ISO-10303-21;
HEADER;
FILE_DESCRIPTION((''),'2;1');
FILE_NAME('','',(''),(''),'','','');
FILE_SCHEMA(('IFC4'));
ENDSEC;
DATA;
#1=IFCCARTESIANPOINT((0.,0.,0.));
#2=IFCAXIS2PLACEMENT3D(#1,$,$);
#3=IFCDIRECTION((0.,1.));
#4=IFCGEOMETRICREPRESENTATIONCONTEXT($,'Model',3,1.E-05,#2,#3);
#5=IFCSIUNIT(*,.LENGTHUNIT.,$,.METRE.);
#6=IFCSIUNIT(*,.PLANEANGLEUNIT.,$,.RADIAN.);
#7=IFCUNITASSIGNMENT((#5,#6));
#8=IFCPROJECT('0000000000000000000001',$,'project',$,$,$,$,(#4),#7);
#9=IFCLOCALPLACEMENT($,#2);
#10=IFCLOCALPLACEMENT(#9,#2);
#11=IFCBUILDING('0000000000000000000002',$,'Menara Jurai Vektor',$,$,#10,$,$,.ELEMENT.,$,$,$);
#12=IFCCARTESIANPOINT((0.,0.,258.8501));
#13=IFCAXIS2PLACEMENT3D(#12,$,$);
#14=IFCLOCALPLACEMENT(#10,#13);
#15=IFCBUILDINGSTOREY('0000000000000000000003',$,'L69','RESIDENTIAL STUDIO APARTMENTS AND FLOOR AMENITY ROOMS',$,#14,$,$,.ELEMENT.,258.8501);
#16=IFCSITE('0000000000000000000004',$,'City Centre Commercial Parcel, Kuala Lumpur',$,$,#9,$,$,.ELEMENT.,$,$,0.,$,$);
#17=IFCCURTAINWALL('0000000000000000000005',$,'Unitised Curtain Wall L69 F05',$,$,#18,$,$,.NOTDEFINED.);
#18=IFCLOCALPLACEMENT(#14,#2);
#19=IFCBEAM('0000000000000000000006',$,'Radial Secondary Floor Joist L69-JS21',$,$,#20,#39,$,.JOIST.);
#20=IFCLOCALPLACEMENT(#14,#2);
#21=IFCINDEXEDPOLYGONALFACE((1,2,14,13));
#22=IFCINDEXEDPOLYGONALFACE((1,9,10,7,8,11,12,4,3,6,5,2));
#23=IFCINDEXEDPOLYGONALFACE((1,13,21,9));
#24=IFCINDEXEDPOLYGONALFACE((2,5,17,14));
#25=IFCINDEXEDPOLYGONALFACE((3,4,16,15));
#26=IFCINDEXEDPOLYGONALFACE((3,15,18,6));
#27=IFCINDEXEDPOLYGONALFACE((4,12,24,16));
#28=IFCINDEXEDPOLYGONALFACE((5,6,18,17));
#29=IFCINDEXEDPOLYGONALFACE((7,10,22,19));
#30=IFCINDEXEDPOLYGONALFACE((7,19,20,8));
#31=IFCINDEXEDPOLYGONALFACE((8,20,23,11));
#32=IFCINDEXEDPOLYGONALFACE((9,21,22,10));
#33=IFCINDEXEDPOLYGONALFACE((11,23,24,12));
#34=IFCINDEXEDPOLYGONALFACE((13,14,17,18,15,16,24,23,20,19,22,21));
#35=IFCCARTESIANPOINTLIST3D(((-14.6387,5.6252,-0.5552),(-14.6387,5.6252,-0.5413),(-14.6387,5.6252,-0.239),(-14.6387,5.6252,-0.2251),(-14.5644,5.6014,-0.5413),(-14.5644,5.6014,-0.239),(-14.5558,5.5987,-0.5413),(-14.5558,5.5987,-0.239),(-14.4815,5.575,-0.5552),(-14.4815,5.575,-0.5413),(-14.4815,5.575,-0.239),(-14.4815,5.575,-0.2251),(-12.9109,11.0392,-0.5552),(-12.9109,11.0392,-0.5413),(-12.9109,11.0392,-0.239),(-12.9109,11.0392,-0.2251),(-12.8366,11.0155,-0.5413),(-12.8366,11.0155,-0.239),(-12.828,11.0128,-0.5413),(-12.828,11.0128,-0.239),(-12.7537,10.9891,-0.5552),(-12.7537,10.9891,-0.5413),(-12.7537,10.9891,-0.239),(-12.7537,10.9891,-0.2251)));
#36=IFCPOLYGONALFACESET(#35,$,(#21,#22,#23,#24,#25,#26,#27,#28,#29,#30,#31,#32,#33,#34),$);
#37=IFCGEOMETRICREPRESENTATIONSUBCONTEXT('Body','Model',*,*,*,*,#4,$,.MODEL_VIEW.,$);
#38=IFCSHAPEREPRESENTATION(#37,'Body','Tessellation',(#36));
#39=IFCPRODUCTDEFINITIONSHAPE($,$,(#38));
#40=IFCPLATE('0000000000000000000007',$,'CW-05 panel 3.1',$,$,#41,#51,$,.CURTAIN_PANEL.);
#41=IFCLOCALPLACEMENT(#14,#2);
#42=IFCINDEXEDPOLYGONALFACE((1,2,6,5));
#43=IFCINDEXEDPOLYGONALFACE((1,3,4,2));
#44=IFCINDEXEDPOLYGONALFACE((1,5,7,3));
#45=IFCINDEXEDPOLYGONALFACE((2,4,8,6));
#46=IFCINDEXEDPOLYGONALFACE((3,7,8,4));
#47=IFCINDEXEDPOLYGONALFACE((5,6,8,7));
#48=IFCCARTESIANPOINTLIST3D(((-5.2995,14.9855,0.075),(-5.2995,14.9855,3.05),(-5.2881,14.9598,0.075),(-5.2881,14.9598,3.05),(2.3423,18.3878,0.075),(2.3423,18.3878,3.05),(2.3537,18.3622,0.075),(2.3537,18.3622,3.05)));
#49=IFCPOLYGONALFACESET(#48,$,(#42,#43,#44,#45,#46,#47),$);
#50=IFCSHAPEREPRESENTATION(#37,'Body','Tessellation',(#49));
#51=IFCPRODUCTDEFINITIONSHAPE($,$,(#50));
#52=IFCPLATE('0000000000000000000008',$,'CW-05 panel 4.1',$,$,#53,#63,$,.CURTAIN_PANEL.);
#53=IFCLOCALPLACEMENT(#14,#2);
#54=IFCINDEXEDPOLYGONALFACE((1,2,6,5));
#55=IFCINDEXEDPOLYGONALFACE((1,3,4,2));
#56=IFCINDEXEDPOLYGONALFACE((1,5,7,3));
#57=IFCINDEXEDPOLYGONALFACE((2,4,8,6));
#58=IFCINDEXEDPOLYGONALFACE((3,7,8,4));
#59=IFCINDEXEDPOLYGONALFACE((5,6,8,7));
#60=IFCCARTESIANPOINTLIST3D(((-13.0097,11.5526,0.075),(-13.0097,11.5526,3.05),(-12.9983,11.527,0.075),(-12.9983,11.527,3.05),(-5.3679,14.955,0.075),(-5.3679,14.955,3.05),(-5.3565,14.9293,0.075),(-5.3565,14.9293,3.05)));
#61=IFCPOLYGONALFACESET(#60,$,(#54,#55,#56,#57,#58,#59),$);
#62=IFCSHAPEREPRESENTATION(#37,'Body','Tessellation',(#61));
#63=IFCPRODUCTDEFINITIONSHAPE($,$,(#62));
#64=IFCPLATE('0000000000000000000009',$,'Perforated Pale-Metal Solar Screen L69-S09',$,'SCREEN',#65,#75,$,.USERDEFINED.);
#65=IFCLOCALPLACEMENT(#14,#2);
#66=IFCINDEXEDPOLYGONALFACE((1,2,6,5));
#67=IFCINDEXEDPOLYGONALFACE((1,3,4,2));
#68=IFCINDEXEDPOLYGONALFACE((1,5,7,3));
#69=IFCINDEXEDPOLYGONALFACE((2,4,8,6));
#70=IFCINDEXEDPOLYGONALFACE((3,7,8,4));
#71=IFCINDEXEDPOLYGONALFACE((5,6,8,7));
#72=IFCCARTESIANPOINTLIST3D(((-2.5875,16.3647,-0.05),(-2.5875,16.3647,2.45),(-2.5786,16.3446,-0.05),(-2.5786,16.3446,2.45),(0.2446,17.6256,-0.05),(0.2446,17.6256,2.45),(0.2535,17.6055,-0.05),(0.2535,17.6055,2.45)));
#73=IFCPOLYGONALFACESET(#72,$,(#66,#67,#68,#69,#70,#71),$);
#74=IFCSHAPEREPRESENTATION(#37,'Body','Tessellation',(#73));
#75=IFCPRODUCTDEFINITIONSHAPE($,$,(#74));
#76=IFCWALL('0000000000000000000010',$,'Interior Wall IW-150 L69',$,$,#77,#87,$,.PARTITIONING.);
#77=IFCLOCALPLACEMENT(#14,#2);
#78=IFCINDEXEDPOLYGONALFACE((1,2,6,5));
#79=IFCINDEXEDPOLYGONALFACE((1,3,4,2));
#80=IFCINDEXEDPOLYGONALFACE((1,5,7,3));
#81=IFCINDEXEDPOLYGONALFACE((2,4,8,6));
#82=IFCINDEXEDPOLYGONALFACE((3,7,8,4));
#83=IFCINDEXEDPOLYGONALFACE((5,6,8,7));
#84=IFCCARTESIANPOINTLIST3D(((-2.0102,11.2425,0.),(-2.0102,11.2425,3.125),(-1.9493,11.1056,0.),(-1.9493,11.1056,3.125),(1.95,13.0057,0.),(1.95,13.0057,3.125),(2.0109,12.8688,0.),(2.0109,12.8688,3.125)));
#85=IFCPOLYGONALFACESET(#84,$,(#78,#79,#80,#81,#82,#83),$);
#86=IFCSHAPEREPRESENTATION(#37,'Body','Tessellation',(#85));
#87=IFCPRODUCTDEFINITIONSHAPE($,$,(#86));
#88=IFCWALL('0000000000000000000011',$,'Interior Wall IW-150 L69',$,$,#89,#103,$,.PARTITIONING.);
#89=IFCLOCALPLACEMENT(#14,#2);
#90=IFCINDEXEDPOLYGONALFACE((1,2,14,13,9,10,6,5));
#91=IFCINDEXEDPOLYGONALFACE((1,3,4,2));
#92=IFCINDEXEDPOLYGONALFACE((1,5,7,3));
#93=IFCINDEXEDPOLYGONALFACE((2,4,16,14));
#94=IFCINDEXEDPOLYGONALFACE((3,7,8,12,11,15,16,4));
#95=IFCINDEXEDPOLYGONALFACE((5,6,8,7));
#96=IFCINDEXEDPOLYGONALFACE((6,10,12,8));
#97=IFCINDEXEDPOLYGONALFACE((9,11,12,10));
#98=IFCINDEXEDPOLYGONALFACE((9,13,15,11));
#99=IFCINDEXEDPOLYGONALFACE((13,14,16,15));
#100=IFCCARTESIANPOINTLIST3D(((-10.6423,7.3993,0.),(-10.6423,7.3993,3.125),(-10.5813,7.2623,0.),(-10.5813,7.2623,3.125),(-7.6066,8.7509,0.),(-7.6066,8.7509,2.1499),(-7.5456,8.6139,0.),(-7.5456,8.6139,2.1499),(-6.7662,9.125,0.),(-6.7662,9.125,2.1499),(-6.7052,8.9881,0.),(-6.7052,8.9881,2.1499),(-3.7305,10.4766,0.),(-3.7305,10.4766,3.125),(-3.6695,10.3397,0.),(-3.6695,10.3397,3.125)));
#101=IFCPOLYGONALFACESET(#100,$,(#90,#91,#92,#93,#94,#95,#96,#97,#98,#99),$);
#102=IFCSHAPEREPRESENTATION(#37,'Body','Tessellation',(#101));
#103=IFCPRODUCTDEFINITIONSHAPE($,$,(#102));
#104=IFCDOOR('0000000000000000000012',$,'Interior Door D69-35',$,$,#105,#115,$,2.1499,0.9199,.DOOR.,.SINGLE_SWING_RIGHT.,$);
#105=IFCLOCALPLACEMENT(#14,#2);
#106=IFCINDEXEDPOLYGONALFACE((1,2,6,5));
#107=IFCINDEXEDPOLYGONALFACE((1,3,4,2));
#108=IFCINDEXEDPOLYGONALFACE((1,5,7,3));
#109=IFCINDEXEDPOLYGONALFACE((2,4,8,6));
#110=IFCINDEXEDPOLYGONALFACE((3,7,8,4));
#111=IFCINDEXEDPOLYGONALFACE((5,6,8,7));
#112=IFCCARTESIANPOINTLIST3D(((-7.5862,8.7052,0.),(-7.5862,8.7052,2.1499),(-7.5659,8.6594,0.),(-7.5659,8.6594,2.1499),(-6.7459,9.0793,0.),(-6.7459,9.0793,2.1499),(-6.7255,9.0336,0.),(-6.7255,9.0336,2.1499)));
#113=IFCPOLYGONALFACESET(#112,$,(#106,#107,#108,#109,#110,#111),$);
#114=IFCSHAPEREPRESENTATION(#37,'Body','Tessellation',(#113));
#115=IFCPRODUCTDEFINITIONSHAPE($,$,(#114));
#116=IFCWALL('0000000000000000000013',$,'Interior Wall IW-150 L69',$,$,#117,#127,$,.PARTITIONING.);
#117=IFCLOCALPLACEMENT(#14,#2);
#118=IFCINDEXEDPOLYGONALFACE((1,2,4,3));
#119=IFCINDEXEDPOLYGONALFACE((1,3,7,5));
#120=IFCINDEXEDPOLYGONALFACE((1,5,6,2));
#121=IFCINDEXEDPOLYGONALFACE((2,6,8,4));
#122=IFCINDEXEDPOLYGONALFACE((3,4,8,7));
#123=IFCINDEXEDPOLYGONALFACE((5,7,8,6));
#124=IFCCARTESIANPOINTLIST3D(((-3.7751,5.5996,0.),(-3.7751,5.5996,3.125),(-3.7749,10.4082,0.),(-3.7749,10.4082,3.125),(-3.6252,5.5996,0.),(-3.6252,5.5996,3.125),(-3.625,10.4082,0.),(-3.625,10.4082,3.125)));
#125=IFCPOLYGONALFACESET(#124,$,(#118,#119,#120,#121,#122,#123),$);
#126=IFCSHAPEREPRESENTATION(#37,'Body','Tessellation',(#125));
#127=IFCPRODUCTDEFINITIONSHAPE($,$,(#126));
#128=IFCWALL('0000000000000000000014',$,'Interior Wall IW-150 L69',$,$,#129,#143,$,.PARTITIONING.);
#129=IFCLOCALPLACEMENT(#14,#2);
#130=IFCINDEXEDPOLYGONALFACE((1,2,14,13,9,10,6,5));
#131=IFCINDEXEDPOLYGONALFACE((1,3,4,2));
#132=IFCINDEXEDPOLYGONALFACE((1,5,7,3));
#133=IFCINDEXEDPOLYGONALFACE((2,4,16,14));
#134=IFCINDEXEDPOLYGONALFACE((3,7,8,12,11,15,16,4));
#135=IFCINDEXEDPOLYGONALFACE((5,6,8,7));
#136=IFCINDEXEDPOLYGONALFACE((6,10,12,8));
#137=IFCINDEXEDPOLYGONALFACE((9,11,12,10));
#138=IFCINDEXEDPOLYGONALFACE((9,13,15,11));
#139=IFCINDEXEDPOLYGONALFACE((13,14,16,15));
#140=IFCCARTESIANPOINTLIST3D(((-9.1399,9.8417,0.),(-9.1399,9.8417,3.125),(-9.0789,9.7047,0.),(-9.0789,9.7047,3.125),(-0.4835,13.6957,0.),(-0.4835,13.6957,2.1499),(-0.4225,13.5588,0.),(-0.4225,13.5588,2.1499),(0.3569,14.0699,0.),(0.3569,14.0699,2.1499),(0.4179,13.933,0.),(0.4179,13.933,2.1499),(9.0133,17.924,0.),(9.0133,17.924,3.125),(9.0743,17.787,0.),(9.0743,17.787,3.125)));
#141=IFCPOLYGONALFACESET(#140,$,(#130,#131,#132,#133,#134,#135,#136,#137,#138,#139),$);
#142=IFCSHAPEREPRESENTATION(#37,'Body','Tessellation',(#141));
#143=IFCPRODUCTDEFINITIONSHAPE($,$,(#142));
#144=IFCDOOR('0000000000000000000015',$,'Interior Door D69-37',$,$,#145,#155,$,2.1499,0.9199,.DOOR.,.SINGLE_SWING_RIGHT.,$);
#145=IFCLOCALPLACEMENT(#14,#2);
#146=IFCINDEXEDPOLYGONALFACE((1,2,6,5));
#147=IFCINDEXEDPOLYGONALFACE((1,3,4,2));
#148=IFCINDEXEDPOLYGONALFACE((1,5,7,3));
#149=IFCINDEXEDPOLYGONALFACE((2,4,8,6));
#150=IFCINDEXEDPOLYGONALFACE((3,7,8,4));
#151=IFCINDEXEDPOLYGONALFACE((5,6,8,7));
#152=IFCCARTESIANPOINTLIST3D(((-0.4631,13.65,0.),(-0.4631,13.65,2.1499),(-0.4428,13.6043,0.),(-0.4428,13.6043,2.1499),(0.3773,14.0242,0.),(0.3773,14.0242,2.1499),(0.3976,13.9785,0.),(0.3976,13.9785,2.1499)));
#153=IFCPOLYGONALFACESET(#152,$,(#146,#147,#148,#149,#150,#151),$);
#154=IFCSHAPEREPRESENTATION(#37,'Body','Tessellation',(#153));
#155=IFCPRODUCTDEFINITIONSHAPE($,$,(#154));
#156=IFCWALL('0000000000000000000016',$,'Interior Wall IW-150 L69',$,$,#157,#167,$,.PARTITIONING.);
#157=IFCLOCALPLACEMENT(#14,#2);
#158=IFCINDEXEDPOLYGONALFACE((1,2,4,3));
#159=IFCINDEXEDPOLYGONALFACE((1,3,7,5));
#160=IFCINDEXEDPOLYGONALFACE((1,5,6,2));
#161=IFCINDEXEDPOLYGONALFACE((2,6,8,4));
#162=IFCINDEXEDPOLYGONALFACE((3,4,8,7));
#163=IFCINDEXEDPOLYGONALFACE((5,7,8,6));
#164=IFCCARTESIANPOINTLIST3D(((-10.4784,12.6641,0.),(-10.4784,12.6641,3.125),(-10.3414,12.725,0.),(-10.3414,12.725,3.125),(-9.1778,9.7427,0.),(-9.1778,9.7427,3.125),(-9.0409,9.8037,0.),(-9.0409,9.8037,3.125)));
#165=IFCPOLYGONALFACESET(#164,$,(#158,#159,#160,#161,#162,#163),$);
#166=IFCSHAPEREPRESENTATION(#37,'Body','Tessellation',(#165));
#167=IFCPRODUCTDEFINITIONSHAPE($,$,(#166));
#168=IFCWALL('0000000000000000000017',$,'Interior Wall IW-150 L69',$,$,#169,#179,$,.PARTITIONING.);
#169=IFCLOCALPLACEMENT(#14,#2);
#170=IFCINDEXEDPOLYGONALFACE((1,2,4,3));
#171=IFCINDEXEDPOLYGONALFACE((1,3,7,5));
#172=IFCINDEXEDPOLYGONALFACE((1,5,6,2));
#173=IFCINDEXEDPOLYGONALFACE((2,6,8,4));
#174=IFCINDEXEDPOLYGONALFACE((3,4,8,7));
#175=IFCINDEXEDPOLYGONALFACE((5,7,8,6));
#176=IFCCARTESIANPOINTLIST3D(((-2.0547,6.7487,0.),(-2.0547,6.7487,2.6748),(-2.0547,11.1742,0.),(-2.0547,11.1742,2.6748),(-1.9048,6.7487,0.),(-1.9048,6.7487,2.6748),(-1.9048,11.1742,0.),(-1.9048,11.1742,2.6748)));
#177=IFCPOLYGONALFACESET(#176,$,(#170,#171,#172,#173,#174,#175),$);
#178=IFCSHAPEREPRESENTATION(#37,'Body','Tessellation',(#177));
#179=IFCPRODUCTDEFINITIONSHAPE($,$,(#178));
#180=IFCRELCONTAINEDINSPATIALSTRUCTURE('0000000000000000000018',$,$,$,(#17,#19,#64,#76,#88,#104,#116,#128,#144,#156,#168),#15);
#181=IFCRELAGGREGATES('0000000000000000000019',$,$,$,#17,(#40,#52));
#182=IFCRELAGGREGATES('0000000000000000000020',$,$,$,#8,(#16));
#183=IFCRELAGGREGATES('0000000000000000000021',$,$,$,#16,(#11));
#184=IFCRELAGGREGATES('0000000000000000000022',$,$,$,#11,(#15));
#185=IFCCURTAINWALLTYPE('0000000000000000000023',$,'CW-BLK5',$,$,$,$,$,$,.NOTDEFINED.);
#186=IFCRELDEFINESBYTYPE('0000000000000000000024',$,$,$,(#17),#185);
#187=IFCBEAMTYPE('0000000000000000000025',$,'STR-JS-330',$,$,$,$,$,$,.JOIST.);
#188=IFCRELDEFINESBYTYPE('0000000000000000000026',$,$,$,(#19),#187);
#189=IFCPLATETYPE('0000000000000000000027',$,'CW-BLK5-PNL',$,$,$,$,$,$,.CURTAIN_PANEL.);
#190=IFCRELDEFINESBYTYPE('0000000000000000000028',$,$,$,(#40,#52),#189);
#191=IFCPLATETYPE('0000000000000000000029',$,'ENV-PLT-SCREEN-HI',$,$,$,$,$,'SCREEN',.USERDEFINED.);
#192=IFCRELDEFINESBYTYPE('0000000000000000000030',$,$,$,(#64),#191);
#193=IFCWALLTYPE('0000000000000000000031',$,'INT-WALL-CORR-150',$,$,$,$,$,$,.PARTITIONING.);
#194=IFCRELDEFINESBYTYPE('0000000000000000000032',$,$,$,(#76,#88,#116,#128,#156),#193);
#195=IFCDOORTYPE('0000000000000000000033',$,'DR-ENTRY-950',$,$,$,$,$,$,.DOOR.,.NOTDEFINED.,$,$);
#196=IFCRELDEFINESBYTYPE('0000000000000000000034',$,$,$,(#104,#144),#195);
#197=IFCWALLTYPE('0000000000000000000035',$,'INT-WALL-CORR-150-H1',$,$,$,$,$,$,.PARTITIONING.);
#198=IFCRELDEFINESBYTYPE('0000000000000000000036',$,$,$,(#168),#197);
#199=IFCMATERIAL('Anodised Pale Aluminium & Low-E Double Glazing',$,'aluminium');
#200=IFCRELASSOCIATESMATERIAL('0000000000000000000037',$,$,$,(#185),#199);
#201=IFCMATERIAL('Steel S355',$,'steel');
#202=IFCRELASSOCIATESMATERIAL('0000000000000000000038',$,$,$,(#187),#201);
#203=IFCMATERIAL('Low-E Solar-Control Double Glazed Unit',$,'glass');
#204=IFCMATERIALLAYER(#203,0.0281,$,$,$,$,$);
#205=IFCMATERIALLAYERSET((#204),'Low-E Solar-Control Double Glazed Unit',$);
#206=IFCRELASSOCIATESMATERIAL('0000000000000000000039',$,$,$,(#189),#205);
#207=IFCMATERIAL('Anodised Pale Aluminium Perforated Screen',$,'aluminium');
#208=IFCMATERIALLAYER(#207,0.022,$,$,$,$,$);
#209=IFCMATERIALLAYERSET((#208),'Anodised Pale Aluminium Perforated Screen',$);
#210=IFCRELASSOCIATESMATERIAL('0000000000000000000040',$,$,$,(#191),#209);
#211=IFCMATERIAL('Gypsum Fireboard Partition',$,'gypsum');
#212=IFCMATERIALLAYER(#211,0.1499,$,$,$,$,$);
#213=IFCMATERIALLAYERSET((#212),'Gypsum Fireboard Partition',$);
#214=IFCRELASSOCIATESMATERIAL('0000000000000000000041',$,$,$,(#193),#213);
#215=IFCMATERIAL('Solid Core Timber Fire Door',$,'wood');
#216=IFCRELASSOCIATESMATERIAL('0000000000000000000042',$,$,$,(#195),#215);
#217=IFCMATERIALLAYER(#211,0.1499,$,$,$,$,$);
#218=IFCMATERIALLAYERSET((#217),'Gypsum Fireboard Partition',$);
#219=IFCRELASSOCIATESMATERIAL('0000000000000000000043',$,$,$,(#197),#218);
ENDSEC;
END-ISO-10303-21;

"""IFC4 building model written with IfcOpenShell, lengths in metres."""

from ifc_helpers import new_model, si_unit, direction, frame, frame_2d, origin, origin_2d, place, context, subcontext, project, spatial, rectangle, i_section, extrude, material, layer, layer_set, material_profile, profile_set, type_object, element, fill, aggregate, save


model = new_model("IFC4")

# Units and contexts
model_context = context("Model", 3, precision=1e-05, world=origin(), true_north=direction((0.0, 1.0)))
body_context = subcontext(model_context, "Body", "Model", "MODEL_VIEW")
ifc_project = project(units=[si_unit("LENGTHUNIT", "METRE"), si_unit("PLANEANGLEUNIT", "RADIAN")], contexts=[model_context])

# Site, building, storey
site_placement = place(None, origin())
site = spatial("IfcSite", under=ifc_project, at=site_placement, Name="City Centre Commercial Parcel, Kuala Lumpur", CompositionType="ELEMENT", RefElevation=0.0)
building_placement = place(site_placement, origin())
building = spatial("IfcBuilding", under=site, at=building_placement, Name="Menara Jurai Vektor", CompositionType="ELEMENT")
storey_placement = place(building_placement, frame((0.0, 0.0, 258.8501)))
storey = spatial("IfcBuildingStorey", under=building, at=storey_placement, Name="L69", Description="RESIDENTIAL STUDIO APARTMENTS AND FLOOR AMENITY ROOMS", CompositionType="ELEMENT", Elevation=258.8501)

# Shared definitions
ifc_material_1 = material(Name="Steel S355", Category="steel")

# Curtain wall
ifc_material_2 = material(Name="Anodised Pale Aluminium & Low-E Double Glazing", Category="aluminium")
curtain_wall_type = type_object("IfcCurtainWallType", Name="CW-BLK5", PredefinedType="NOTDEFINED", material=ifc_material_2)
curtain_wall_placement = place(storey_placement, origin())
curtain_wall = element("IfcCurtainWall", 1, at=curtain_wall_placement, inside=storey, type_object=curtain_wall_type, Name="Unitised Curtain Wall L69 F05", PredefinedType="NOTDEFINED")

# Beam
ifc_material_profile_1 = material_profile(ifc_material_1, i_section(OverallWidth=0.165, OverallDepth=0.3301, WebThickness=0.009, FlangeThickness=0.0139, at=origin_2d()), Name="PG 330x165x46")
ifc_profile_set_1 = profile_set([ifc_material_profile_1], Name="Steel S355")
beam_type_1 = type_object("IfcBeamType", Name="STR-JS-330", PredefinedType="JOIST", material=ifc_profile_set_1)
beam_1_placement = place(storey_placement, frame((-12.8323, 11.0142, -0.3901), z_axis=(-0.304023, -0.952665, 0.0), x_axis=(0.952665, -0.304023, 0.0)))
element("IfcBeam", 2, at=beam_1_placement, inside=storey, type_object=beam_type_1, Name="Radial Secondary Floor Joist L69-JS21", PredefinedType="JOIST", context=body_context, shape_type="SweptSolid", body=[
    extrude(i_section(OverallWidth=0.165, OverallDepth=0.3301, WebThickness=0.009, FlangeThickness=0.0139, at=origin_2d()), origin(), (0.0, 0.0, 1.0), 5.6831),
])

# Plates
ifc_material_3 = material(Name="Low-E Solar-Control Double Glazed Unit", Category="glass")
ifc_layer_1 = layer(ifc_material_3, 0.0281)
ifc_layer_set_1 = layer_set([ifc_layer_1], Name="Low-E Solar-Control Double Glazed Unit")
plate_type_1 = type_object("IfcPlateType", Name="CW-BLK5-PNL", PredefinedType="CURTAIN_PANEL", material=ifc_layer_set_1)
plate_1_placement = place(storey_placement, frame((-1.4729, 16.6738, 0.075), z_axis=(0.0, 0.0, 1.0), x_axis=(-0.913546, -0.406735, 0.0)))
plate_1 = element("IfcPlate", 3, at=plate_1_placement, type_object=plate_type_1, Name="CW-05 panel 3.1", PredefinedType="CURTAIN_PANEL", context=body_context, shape_type="SweptSolid", body=[
    extrude(rectangle(XDim=8.365, YDim=0.0281, at=origin_2d()), origin(), (0.0, 0.0, 1.0), 2.9751),
])
plate_2_placement = place(storey_placement, frame((-9.1831, 13.241, 0.075), z_axis=(0.0, 0.0, 1.0), x_axis=(-0.913546, -0.406735, 0.0)))
plate_2 = element("IfcPlate", 4, at=plate_2_placement, type_object=plate_type_1, Name="CW-05 panel 4.1", PredefinedType="CURTAIN_PANEL", context=body_context, shape_type="SweptSolid", body=[
    extrude(rectangle(XDim=8.365, YDim=0.0281, at=origin_2d()), origin(), (0.0, 0.0, 1.0), 2.9751),
])
aggregate(curtain_wall, [plate_1, plate_2])
ifc_material_4 = material(Name="Anodised Pale Aluminium Perforated Screen", Category="aluminium")
ifc_layer_2 = layer(ifc_material_4, 0.022)
ifc_layer_set_2 = layer_set([ifc_layer_2], Name="Anodised Pale Aluminium Perforated Screen")
plate_type_2 = type_object("IfcPlateType", Name="ENV-PLT-SCREEN-HI", ElementType="SCREEN", PredefinedType="USERDEFINED", material=ifc_layer_set_2)
plate_3_placement = place(storey_placement, frame((-1.167, 16.9851, -0.05), z_axis=(0.0, 0.0, 1.0), x_axis=(-0.913545, -0.406737, 0.0)))
element("IfcPlate", 5, at=plate_3_placement, inside=storey, type_object=plate_type_2, Name="Perforated Pale-Metal Solar Screen L69-S09", ObjectType="SCREEN", PredefinedType="USERDEFINED", context=body_context, shape_type="SweptSolid", body=[
    extrude(rectangle(XDim=3.1001, YDim=0.022, at=origin_2d()), origin(), (0.0, 0.0, 1.0), 2.5),
])

# Wall
ifc_material_5 = material(Name="Gypsum Fireboard Partition", Category="gypsum")
ifc_layer_3 = layer(ifc_material_5, 0.1499)
ifc_layer_set_3 = layer_set([ifc_layer_3], Name="Gypsum Fireboard Partition")
wall_type_1 = type_object("IfcWallType", Name="INT-WALL-CORR-150", PredefinedType="PARTITIONING", material=ifc_layer_set_3)
wall_1_placement = place(storey_placement, frame((-1.9797, 11.1741, 0.0), z_axis=(0.0, 0.0, 1.0), x_axis=(0.913547, 0.406734, 0.0)))
element("IfcWall", 6, at=wall_1_placement, inside=storey, type_object=wall_type_1, Name="Interior Wall IW-150 L69", PredefinedType="PARTITIONING", context=body_context, shape_type="SweptSolid", body=[
    extrude(rectangle(XDim=4.335, YDim=0.1499, at=frame_2d((2.1675, 0.0))), origin(), (0.0, 0.0, 1.0), 3.125),
])

# Wall, opening, door
wall_2_placement = place(storey_placement, frame((-10.6118, 7.3308, 0.0), z_axis=(0.0, 0.0, 1.0), x_axis=(0.913544, 0.40674, 0.0)))
wall_2 = element("IfcWall", 7, at=wall_2_placement, inside=storey, type_object=wall_type_1, Name="Interior Wall IW-150 L69", PredefinedType="PARTITIONING", context=body_context, shape_type="SweptSolid", body=[
    extrude(rectangle(XDim=7.5659, YDim=0.1499, at=frame_2d((3.783, 0.0))), origin(), (0.0, 0.0, 1.0), 3.125),
])
opening_1_placement = place(wall_2_placement, frame((3.323, 0.0, 0.0)))
opening_1 = element("IfcOpeningElement", 8, at=opening_1_placement, cuts=wall_2, PredefinedType="OPENING", context=body_context, shape_type="SweptSolid", body=[
    extrude(rectangle(XDim=0.9199, YDim=2.1499, at=frame_2d((0.46, 1.075))), frame((0.0, 0.085, 0.0), z_axis=(0.0, -1.0, 0.0), x_axis=(1.0, 0.0, 0.0)), (0.0, 0.0, 1.0), 0.1699),
])
ifc_material_6 = material(Name="Solid Core Timber Fire Door", Category="wood")
door_type = type_object("IfcDoorType", Name="DR-ENTRY-950", OperationType="NOTDEFINED", PredefinedType="DOOR", material=ifc_material_6)
door_1_placement = place(opening_1_placement, origin())
door_1 = element("IfcDoor", 9, at=door_1_placement, inside=storey, type_object=door_type, Name="Interior Door D69-35", OperationType="SINGLE_SWING_RIGHT", OverallHeight=2.1499, OverallWidth=0.9199, PredefinedType="DOOR", context=body_context, shape_type="SweptSolid", body=[
    extrude(rectangle(XDim=0.9199, YDim=2.1499, at=frame_2d((0.46, 1.075))), frame((0.0, 0.0249, 0.0), z_axis=(0.0, -1.0, 0.0), x_axis=(1.0, 0.0, 0.0)), (0.0, 0.0, 1.0), 0.05),
])
fill(opening_1, door_1)

# Wall
wall_3_placement = place(storey_placement, frame((-3.7002, 5.5996, 0.0), z_axis=(0.0, 0.0, 1.0), x_axis=(0.000051, 1.0, 0.0)))
element("IfcWall", 10, at=wall_3_placement, inside=storey, type_object=wall_type_1, Name="Interior Wall IW-150 L69", PredefinedType="PARTITIONING", context=body_context, shape_type="SweptSolid", body=[
    extrude(rectangle(XDim=4.8086, YDim=0.1499, at=frame_2d((2.4043, 0.0))), origin(), (0.0, 0.0, 1.0), 3.125),
])

# Wall, opening, door
wall_4_placement = place(storey_placement, frame((-9.1094, 9.7732, 0.0), z_axis=(0.0, 0.0, 1.0), x_axis=(0.913545, 0.406737, 0.0)))
wall_4 = element("IfcWall", 11, at=wall_4_placement, inside=storey, type_object=wall_type_1, Name="Interior Wall IW-150 L69", PredefinedType="PARTITIONING", context=body_context, shape_type="SweptSolid", body=[
    extrude(rectangle(XDim=19.8711, YDim=0.1499, at=frame_2d((9.9355, 0.0))), origin(), (0.0, 0.0, 1.0), 3.125),
])
opening_2_placement = place(wall_4_placement, frame((9.4756, 0.0, 0.0)))
opening_2 = element("IfcOpeningElement", 12, at=opening_2_placement, cuts=wall_4, PredefinedType="OPENING", context=body_context, shape_type="SweptSolid", body=[
    extrude(rectangle(XDim=0.9199, YDim=2.1499, at=frame_2d((0.46, 1.075))), frame((0.0, 0.085, 0.0), z_axis=(0.0, -1.0, 0.0), x_axis=(1.0, 0.0, 0.0)), (0.0, 0.0, 1.0), 0.1699),
])
door_2_placement = place(opening_2_placement, origin())
door_2 = element("IfcDoor", 13, at=door_2_placement, inside=storey, type_object=door_type, Name="Interior Door D69-37", OperationType="SINGLE_SWING_RIGHT", OverallHeight=2.1499, OverallWidth=0.9199, PredefinedType="DOOR", context=body_context, shape_type="SweptSolid", body=[
    extrude(rectangle(XDim=0.9199, YDim=2.1499, at=frame_2d((0.46, 1.075))), frame((0.0, 0.0249, 0.0), z_axis=(0.0, -1.0, 0.0), x_axis=(1.0, 0.0, 0.0)), (0.0, 0.0, 1.0), 0.05),
])
fill(opening_2, door_2)

# Walls
wall_5_placement = place(storey_placement, frame((-9.1094, 9.7732, 0.0), z_axis=(0.0, 0.0, 1.0), x_axis=(-0.406698, 0.913563, 0.0)))
element("IfcWall", 14, at=wall_5_placement, inside=storey, type_object=wall_type_1, Name="Interior Wall IW-150 L69", PredefinedType="PARTITIONING", context=body_context, shape_type="SweptSolid", body=[
    extrude(rectangle(XDim=3.1978, YDim=0.1499, at=frame_2d((1.5989, 0.0))), origin(), (0.0, 0.0, 1.0), 3.125),
])
ifc_layer_4 = layer(ifc_material_5, 0.1499)
ifc_layer_set_4 = layer_set([ifc_layer_4], Name="Gypsum Fireboard Partition")
wall_type_2 = type_object("IfcWallType", Name="INT-WALL-CORR-150-H1", PredefinedType="PARTITIONING", material=ifc_layer_set_4)
wall_6_placement = place(storey_placement, frame((-1.9797, 6.7485, 0.0), z_axis=(0.0, 0.0, 1.0), x_axis=(0.0, 1.0, 0.0)))
element("IfcWall", 15, at=wall_6_placement, inside=storey, type_object=wall_type_2, Name="Interior Wall IW-150 L69", PredefinedType="PARTITIONING", context=body_context, shape_type="SweptSolid", body=[
    extrude(rectangle(XDim=4.4255, YDim=0.1499, at=frame_2d((2.2129, 0.0))), origin(), (0.0, 0.0, 1.0), 2.6748),
])

save(model, "model.ifc")
